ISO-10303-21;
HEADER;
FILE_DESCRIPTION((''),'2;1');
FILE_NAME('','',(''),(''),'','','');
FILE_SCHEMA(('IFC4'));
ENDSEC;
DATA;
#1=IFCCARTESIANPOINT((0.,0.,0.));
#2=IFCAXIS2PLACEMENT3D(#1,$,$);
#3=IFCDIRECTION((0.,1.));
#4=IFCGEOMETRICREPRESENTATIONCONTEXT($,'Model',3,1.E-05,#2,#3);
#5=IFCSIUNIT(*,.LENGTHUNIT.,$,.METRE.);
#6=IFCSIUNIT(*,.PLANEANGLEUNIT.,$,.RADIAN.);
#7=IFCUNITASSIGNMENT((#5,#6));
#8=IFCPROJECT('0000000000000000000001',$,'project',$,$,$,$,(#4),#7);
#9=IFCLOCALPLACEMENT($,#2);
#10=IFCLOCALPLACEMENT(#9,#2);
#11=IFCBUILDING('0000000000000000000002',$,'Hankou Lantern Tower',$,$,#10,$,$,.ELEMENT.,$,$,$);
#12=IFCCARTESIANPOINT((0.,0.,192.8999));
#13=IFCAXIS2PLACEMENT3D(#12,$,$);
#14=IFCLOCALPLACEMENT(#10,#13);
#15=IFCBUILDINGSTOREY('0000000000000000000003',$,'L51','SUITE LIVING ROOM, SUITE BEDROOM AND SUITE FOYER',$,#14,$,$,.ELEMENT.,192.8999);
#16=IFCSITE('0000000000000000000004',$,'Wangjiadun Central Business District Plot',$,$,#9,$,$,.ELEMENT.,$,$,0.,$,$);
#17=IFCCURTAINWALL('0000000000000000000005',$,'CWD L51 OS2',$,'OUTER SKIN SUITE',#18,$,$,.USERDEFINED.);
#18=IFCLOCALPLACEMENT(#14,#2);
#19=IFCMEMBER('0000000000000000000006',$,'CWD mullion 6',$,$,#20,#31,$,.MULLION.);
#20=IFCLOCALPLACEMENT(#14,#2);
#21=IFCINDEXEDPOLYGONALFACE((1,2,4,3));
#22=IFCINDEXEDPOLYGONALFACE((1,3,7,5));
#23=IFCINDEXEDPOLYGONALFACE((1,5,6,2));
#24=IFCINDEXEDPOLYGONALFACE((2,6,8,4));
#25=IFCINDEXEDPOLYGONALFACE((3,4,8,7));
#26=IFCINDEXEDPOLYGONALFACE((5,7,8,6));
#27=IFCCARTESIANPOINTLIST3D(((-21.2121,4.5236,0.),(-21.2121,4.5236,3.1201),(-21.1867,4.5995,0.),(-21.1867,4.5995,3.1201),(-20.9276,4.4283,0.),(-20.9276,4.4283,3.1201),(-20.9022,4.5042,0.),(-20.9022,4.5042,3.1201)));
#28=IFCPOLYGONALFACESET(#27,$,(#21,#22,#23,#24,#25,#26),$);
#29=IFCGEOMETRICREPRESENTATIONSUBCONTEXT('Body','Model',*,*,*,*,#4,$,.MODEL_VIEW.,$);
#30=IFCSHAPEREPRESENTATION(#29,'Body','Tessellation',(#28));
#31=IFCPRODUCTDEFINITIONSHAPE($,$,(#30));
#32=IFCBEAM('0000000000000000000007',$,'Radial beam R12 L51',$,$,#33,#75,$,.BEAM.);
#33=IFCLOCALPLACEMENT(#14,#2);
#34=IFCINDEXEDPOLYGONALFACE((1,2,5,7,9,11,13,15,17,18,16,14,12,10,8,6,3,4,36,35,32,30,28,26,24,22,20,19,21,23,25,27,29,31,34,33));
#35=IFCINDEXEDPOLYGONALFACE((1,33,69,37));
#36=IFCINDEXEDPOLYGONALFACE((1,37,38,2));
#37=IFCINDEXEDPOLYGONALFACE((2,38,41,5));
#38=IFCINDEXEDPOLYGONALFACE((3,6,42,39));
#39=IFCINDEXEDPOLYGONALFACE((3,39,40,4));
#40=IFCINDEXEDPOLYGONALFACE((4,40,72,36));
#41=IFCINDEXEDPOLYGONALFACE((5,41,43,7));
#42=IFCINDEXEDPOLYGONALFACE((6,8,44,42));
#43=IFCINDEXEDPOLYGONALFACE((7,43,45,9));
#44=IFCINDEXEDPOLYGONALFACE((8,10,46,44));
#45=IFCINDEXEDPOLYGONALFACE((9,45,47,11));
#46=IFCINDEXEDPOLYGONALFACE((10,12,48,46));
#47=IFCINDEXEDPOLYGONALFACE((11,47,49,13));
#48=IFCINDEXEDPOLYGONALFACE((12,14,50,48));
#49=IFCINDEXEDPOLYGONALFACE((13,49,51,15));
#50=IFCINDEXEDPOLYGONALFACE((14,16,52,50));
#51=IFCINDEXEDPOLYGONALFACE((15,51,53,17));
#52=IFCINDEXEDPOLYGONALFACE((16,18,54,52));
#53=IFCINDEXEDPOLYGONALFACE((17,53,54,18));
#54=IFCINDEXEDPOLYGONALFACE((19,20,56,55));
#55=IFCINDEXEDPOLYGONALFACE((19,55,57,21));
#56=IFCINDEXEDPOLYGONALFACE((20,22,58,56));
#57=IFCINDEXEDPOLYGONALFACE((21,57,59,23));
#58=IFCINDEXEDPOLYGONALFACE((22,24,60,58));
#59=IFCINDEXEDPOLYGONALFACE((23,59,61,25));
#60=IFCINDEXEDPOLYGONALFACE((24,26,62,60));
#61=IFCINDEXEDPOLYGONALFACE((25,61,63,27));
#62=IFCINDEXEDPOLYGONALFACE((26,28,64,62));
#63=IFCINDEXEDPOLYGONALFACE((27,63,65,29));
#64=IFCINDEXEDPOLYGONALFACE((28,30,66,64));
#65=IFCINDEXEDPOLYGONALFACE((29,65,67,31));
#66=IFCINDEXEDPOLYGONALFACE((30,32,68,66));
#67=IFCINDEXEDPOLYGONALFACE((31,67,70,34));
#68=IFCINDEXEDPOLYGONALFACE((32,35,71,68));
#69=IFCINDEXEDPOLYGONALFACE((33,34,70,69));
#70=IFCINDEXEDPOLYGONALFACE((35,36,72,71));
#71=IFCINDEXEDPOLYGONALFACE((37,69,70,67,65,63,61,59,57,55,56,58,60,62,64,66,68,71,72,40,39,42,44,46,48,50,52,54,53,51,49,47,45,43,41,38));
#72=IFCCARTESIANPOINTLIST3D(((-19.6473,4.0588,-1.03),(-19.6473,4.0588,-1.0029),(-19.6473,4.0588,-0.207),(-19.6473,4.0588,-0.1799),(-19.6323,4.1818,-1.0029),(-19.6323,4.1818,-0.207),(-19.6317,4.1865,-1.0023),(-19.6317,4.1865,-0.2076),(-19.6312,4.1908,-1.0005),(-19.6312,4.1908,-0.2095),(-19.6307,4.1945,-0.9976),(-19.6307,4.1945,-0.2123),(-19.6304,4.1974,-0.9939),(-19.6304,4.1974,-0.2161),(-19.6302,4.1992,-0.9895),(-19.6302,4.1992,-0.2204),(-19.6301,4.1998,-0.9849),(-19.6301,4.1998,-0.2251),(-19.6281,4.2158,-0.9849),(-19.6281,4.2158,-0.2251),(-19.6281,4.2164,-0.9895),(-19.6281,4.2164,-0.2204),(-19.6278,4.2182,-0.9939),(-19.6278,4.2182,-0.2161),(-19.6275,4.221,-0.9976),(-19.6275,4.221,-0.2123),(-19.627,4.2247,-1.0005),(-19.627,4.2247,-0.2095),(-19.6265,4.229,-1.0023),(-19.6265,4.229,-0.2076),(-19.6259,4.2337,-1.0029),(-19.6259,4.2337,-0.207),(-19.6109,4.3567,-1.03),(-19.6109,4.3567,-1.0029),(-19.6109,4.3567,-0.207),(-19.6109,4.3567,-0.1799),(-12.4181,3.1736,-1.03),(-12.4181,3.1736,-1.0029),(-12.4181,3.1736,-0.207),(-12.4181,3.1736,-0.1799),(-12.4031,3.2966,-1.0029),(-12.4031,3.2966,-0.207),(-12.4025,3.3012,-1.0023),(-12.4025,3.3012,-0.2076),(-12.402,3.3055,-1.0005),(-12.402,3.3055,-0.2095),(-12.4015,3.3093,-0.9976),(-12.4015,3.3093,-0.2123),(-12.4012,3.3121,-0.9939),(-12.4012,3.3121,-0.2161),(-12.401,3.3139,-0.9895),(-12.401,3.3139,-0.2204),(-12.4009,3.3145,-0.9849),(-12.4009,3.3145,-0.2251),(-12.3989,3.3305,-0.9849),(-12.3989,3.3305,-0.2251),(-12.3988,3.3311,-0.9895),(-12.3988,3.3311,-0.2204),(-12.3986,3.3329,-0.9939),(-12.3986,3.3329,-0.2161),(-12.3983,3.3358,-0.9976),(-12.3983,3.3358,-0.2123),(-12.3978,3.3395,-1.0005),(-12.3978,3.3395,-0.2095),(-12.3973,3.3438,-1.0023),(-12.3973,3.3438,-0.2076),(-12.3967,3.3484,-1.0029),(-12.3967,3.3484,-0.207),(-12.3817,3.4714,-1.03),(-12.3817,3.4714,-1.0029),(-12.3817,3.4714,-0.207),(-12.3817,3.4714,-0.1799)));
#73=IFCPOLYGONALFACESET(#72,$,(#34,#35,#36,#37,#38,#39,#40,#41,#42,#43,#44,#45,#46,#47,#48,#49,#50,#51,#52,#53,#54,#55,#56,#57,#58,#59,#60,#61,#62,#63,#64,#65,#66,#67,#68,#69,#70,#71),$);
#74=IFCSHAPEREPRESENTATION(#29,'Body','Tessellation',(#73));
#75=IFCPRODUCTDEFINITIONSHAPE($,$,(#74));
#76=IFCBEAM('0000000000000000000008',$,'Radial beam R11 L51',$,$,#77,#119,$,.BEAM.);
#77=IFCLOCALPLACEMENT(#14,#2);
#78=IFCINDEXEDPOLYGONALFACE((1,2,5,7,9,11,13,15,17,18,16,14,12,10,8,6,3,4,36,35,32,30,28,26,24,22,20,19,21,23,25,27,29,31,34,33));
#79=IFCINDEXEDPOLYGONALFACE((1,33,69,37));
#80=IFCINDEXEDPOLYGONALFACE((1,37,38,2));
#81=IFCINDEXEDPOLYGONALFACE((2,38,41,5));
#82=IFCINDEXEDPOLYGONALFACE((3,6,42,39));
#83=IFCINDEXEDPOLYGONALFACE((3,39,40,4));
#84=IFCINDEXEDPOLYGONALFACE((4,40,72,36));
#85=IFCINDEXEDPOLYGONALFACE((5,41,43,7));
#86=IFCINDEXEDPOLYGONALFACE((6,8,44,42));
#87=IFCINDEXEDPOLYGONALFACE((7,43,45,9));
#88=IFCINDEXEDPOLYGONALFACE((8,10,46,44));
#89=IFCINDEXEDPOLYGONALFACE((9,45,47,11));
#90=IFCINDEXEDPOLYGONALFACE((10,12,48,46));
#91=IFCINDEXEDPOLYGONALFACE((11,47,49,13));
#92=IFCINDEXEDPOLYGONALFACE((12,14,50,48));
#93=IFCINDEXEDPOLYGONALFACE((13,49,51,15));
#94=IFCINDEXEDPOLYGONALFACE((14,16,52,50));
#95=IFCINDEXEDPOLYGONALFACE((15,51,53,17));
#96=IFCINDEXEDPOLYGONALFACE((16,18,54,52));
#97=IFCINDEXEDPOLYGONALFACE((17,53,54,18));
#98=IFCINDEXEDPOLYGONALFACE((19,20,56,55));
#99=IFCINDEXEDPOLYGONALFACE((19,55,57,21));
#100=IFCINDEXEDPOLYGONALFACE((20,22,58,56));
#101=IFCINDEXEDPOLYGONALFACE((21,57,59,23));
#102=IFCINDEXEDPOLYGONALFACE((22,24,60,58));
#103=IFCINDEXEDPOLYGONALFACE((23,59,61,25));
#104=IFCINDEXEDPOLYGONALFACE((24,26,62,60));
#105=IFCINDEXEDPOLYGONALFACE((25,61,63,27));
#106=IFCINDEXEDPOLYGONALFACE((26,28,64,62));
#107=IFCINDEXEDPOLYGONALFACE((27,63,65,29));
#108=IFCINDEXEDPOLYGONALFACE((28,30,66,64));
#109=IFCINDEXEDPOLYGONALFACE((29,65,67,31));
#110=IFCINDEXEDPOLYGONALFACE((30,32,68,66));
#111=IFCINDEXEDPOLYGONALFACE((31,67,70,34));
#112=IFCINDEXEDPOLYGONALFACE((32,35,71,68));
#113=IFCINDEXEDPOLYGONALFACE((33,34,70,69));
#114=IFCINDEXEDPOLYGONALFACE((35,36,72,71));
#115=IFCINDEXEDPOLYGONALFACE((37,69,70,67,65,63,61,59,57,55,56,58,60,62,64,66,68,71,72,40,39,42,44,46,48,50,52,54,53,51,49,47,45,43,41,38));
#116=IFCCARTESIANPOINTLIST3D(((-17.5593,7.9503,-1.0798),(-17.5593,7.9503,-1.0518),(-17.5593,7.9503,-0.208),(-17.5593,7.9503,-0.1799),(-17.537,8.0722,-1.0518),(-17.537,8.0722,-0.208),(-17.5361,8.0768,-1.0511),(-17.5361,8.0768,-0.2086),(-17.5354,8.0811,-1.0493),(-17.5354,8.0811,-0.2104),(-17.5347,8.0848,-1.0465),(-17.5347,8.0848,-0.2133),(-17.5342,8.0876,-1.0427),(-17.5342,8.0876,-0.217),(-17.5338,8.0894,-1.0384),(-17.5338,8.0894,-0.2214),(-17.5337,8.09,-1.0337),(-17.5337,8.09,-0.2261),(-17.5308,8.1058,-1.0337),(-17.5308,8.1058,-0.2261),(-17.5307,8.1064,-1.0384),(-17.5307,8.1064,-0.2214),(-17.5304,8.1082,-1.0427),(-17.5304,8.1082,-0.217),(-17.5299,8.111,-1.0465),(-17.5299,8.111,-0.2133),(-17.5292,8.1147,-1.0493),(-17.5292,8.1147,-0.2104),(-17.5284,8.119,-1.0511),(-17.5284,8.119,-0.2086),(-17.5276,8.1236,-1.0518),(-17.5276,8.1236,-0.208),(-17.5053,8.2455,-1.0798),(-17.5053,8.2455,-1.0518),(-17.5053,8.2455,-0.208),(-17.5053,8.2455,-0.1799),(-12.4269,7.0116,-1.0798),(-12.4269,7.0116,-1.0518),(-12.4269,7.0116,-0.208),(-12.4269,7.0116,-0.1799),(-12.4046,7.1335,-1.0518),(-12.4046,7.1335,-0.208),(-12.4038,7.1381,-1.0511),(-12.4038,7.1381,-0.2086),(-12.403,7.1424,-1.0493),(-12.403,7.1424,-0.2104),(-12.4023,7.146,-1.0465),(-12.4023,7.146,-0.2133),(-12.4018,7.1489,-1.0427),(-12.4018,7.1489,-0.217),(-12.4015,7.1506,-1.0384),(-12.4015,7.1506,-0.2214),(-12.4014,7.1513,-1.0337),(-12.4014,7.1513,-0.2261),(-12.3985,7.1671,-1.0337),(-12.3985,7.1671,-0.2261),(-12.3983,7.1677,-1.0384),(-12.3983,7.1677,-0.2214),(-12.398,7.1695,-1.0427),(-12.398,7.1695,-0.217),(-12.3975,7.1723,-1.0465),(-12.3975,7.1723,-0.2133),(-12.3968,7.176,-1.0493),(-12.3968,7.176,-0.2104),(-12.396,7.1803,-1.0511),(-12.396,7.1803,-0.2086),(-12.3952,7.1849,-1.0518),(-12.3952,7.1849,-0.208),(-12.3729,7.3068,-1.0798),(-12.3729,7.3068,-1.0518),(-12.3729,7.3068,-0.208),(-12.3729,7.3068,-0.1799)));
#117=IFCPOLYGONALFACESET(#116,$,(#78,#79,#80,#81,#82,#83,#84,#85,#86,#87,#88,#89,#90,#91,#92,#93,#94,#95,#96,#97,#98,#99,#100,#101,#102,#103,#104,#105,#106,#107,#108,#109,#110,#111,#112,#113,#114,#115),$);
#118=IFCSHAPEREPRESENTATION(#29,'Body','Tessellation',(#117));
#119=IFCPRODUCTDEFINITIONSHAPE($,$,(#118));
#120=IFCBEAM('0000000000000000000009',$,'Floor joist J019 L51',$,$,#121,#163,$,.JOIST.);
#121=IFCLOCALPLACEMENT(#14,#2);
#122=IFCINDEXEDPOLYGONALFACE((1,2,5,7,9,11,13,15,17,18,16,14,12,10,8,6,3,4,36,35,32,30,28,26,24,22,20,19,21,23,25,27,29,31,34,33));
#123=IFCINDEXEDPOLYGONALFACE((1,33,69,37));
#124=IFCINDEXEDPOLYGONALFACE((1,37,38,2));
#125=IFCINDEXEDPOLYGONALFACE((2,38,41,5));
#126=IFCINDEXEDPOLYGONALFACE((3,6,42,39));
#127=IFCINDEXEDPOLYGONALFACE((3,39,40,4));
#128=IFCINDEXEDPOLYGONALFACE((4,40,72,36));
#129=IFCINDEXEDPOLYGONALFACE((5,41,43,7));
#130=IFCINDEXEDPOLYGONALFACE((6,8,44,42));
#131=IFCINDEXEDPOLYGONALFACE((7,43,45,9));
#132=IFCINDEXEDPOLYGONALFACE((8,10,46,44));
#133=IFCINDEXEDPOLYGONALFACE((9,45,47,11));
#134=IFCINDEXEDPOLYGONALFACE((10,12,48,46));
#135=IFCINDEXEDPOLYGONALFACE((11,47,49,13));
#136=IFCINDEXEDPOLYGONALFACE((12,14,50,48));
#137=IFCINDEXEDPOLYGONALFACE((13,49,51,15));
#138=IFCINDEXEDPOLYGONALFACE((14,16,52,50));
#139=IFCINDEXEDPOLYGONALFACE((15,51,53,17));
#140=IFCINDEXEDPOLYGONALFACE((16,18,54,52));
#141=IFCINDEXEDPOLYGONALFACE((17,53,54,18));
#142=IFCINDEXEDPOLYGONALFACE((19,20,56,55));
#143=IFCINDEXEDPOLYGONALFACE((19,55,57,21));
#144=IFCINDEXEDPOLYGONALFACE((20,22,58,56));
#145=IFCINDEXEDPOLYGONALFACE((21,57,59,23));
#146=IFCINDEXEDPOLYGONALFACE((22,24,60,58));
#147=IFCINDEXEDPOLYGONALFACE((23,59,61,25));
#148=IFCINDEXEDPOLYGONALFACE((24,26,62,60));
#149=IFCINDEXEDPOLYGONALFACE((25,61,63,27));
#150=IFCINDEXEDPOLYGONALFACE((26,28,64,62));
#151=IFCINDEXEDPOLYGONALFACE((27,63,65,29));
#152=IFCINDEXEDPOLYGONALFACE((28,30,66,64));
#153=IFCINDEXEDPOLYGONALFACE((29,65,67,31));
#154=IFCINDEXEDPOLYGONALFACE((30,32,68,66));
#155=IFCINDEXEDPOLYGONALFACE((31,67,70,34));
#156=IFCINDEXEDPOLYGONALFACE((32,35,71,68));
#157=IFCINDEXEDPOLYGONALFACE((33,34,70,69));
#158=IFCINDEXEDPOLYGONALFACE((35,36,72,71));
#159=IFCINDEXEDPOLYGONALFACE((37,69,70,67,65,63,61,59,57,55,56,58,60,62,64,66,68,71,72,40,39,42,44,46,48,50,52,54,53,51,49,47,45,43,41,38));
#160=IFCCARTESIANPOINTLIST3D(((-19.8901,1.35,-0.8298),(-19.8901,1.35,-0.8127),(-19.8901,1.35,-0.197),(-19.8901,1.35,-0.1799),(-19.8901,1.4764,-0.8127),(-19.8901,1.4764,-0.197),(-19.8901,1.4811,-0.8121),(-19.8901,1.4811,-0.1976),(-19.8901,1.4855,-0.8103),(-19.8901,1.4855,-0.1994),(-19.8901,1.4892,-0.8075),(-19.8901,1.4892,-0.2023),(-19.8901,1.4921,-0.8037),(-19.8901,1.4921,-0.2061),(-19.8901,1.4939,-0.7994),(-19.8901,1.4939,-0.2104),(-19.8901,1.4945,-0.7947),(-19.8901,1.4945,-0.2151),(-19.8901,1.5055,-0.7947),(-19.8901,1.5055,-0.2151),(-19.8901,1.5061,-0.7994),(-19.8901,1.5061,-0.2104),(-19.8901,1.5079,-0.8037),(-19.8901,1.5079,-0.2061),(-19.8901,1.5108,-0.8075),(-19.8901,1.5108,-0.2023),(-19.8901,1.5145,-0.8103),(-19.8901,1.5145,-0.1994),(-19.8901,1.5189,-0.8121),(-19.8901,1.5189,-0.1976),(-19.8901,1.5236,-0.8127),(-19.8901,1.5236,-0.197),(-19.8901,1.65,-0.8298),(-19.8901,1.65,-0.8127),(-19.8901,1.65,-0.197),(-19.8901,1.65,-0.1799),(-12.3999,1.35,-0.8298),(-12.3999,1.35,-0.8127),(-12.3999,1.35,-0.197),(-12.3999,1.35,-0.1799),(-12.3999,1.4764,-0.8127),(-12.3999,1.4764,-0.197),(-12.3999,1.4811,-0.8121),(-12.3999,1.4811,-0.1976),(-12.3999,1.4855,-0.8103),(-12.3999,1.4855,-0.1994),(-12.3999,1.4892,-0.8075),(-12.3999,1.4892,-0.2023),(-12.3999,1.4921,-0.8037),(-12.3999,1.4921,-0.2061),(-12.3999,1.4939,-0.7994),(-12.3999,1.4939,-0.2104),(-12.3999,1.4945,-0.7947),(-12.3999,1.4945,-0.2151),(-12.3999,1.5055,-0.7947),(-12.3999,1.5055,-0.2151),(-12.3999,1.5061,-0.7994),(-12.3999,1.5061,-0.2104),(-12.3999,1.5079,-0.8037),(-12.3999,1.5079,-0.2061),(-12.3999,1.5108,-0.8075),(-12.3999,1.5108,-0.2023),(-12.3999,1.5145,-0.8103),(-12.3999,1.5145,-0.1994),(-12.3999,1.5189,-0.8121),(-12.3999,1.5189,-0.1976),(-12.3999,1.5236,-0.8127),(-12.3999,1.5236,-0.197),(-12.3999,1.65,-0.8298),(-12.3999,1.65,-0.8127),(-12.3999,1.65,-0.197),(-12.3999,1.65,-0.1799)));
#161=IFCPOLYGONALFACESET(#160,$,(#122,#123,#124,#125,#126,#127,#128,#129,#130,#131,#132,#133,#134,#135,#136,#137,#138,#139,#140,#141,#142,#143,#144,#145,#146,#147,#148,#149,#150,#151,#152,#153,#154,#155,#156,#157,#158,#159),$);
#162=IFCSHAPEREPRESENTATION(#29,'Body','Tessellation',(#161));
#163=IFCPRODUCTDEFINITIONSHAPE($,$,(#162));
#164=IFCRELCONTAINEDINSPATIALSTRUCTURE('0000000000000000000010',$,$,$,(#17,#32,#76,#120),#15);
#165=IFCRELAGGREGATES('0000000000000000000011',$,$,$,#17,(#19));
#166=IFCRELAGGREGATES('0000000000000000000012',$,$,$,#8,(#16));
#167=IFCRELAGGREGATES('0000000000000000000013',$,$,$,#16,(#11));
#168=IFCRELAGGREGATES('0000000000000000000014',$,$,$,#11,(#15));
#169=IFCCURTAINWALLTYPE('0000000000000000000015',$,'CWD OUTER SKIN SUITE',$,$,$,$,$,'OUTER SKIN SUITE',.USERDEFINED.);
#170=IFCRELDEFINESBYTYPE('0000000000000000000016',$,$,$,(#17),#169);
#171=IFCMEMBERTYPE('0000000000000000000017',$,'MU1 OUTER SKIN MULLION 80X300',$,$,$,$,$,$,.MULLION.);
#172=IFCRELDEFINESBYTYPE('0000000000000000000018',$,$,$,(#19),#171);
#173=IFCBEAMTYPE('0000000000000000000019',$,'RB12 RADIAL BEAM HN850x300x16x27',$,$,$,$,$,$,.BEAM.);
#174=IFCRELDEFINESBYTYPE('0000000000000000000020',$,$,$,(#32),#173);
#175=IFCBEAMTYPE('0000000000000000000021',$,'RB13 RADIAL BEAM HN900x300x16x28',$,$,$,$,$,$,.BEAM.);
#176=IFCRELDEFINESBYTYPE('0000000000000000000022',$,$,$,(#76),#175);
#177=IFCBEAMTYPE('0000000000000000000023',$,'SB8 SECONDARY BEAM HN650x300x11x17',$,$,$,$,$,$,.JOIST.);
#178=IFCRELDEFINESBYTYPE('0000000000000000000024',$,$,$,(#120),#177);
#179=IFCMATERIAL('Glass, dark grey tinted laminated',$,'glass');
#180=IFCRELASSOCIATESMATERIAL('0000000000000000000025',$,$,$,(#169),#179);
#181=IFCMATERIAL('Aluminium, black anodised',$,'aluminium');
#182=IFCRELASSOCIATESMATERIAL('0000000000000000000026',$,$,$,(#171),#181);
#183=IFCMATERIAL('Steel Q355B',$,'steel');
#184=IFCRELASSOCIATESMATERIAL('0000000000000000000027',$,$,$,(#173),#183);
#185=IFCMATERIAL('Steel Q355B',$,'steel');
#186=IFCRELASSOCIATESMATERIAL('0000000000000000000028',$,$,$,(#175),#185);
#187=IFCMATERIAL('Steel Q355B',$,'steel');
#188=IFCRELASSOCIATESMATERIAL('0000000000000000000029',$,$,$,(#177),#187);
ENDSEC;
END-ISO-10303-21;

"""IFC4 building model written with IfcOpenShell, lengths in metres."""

from ifc_helpers import new_model, si_unit, direction, frame, origin, origin_2d, place, context, subcontext, project, spatial, rectangle, i_section, extrude, material, material_profile, profile_set, type_object, element, aggregate, save


model = new_model("IFC4")

# Units and contexts
model_context = context("Model", 3, precision=1e-05, world=origin(), true_north=direction((0.0, 1.0)))
body_context = subcontext(model_context, "Body", "Model", "MODEL_VIEW")
ifc_project = project(units=[si_unit("LENGTHUNIT", "METRE"), si_unit("PLANEANGLEUNIT", "RADIAN")], contexts=[model_context])

# Site, building, storey
site_placement = place(None, origin())
site = spatial("IfcSite", under=ifc_project, at=site_placement, Name="Wangjiadun Central Business District Plot", CompositionType="ELEMENT", RefElevation=0.0)
building_placement = place(site_placement, origin())
building = spatial("IfcBuilding", under=site, at=building_placement, Name="Hankou Lantern Tower", CompositionType="ELEMENT")
storey_placement = place(building_placement, frame((0.0, 0.0, 192.8999)))
storey = spatial("IfcBuildingStorey", under=building, at=storey_placement, Name="L51", Description="SUITE LIVING ROOM, SUITE BEDROOM AND SUITE FOYER", CompositionType="ELEMENT", Elevation=192.8999)

# Curtain wall, member
ifc_material_1 = material(Name="Glass, dark grey tinted laminated", Category="glass")
curtain_wall_type = type_object("IfcCurtainWallType", Name="CWD OUTER SKIN SUITE", ElementType="OUTER SKIN SUITE", PredefinedType="USERDEFINED", material=ifc_material_1)
curtain_wall_placement = place(storey_placement, origin())
curtain_wall = element("IfcCurtainWall", 1, at=curtain_wall_placement, inside=storey, type_object=curtain_wall_type, Name="CWD L51 OS2", ObjectType="OUTER SKIN SUITE", PredefinedType="USERDEFINED")
ifc_material_2 = material(Name="Aluminium, black anodised", Category="aluminium")
ifc_material_profile_1 = material_profile(ifc_material_2, rectangle(XDim=0.0801, YDim=0.3, at=origin_2d()), Name="MU1 80X300")
ifc_profile_set_1 = profile_set([ifc_material_profile_1], Name="Aluminium, black anodised")
member_type_1 = type_object("IfcMemberType", Name="MU1 OUTER SKIN MULLION 80X300", PredefinedType="MULLION", material=ifc_profile_set_1)
member_1_placement = place(storey_placement, frame((-21.0571, 4.5139, 0.0), z_axis=(0.0, 0.0, 1.0), x_axis=(-0.317596, -0.948226, 0.0)))
member_1 = element("IfcMember", 2, at=member_1_placement, type_object=member_type_1, Name="CWD mullion 6", PredefinedType="MULLION", context=body_context, shape_type="SweptSolid", body=[
    extrude(rectangle(XDim=0.0801, YDim=0.3, at=origin_2d()), origin(), (0.0, 0.0, 1.0), 3.1201),
])

# Beams
ifc_material_3 = material(Name="Steel Q355B", Category="steel")
ifc_material_profile_2 = material_profile(ifc_material_3, i_section(OverallWidth=0.3, OverallDepth=0.8501, WebThickness=0.0161, FlangeThickness=0.0271, FilletRadius=0.0181, at=origin_2d()), Name="HN850x300x16x27")
ifc_profile_set_2 = profile_set([ifc_material_profile_2], Name="Steel Q355B")
beam_type_1 = type_object("IfcBeamType", Name="RB12 RADIAL BEAM HN850x300x16x27", PredefinedType="BEAM", material=ifc_profile_set_2)
beam_1_placement = place(storey_placement, frame((-12.3999, 3.3225, -0.605), z_axis=(-0.992586, 0.121547, 0.0), x_axis=(-0.121547, -0.992586, 0.0)))
element("IfcBeam", 3, at=beam_1_placement, inside=storey, type_object=beam_type_1, Name="Radial beam R12 L51", PredefinedType="BEAM", context=body_context, shape_type="SweptSolid", body=[
    extrude(i_section(OverallWidth=0.3, OverallDepth=0.8501, WebThickness=0.0161, FlangeThickness=0.0271, FilletRadius=0.0181, at=origin_2d()), origin(), (0.0, 0.0, 1.0), 7.2832),
])
ifc_material_4 = material(Name="Steel Q355B", Category="steel")
ifc_material_profile_3 = material_profile(ifc_material_4, i_section(OverallWidth=0.3, OverallDepth=0.8999, WebThickness=0.0161, FlangeThickness=0.0281, FilletRadius=0.0181, at=origin_2d()), Name="HN900x300x16x28")
ifc_profile_set_3 = profile_set([ifc_material_profile_3], Name="Steel Q355B")
beam_type_2 = type_object("IfcBeamType", Name="RB13 RADIAL BEAM HN900x300x16x28", PredefinedType="BEAM", material=ifc_profile_set_3)
beam_2_placement = place(storey_placement, frame((-12.3999, 7.1592, -0.6299), z_axis=(-0.983681, 0.179919, 0.0), x_axis=(-0.179919, -0.983681, 0.0)))
element("IfcBeam", 4, at=beam_2_placement, inside=storey, type_object=beam_type_2, Name="Radial beam R11 L51", PredefinedType="BEAM", context=body_context, shape_type="SweptSolid", body=[
    extrude(i_section(OverallWidth=0.3, OverallDepth=0.8999, WebThickness=0.0161, FlangeThickness=0.0281, FilletRadius=0.0181, at=origin_2d()), origin(), (0.0, 0.0, 1.0), 5.2175),
])
ifc_material_5 = material(Name="Steel Q355B", Category="steel")
ifc_material_profile_4 = material_profile(ifc_material_5, i_section(OverallWidth=0.3, OverallDepth=0.6499, WebThickness=0.011, FlangeThickness=0.0171, FilletRadius=0.0181, at=origin_2d()), Name="HN650x300x11x17")
ifc_profile_set_4 = profile_set([ifc_material_profile_4], Name="Steel Q355B")
beam_type_3 = type_object("IfcBeamType", Name="SB8 SECONDARY BEAM HN650x300x11x17", PredefinedType="JOIST", material=ifc_profile_set_4)
beam_3_placement = place(storey_placement, frame((-19.8901, 1.5, -0.5049), z_axis=(1.0, 0.0, 0.0), x_axis=(0.0, 1.0, 0.0)))
element("IfcBeam", 5, at=beam_3_placement, inside=storey, type_object=beam_type_3, Name="Floor joist J019 L51", PredefinedType="JOIST", context=body_context, shape_type="SweptSolid", body=[
    extrude(i_section(OverallWidth=0.3, OverallDepth=0.6499, WebThickness=0.011, FlangeThickness=0.0171, FilletRadius=0.0181, at=origin_2d()), origin(), (0.0, 0.0, 1.0), 7.4902),
])

aggregate(curtain_wall, [member_1])

save(model, "model.ifc")
